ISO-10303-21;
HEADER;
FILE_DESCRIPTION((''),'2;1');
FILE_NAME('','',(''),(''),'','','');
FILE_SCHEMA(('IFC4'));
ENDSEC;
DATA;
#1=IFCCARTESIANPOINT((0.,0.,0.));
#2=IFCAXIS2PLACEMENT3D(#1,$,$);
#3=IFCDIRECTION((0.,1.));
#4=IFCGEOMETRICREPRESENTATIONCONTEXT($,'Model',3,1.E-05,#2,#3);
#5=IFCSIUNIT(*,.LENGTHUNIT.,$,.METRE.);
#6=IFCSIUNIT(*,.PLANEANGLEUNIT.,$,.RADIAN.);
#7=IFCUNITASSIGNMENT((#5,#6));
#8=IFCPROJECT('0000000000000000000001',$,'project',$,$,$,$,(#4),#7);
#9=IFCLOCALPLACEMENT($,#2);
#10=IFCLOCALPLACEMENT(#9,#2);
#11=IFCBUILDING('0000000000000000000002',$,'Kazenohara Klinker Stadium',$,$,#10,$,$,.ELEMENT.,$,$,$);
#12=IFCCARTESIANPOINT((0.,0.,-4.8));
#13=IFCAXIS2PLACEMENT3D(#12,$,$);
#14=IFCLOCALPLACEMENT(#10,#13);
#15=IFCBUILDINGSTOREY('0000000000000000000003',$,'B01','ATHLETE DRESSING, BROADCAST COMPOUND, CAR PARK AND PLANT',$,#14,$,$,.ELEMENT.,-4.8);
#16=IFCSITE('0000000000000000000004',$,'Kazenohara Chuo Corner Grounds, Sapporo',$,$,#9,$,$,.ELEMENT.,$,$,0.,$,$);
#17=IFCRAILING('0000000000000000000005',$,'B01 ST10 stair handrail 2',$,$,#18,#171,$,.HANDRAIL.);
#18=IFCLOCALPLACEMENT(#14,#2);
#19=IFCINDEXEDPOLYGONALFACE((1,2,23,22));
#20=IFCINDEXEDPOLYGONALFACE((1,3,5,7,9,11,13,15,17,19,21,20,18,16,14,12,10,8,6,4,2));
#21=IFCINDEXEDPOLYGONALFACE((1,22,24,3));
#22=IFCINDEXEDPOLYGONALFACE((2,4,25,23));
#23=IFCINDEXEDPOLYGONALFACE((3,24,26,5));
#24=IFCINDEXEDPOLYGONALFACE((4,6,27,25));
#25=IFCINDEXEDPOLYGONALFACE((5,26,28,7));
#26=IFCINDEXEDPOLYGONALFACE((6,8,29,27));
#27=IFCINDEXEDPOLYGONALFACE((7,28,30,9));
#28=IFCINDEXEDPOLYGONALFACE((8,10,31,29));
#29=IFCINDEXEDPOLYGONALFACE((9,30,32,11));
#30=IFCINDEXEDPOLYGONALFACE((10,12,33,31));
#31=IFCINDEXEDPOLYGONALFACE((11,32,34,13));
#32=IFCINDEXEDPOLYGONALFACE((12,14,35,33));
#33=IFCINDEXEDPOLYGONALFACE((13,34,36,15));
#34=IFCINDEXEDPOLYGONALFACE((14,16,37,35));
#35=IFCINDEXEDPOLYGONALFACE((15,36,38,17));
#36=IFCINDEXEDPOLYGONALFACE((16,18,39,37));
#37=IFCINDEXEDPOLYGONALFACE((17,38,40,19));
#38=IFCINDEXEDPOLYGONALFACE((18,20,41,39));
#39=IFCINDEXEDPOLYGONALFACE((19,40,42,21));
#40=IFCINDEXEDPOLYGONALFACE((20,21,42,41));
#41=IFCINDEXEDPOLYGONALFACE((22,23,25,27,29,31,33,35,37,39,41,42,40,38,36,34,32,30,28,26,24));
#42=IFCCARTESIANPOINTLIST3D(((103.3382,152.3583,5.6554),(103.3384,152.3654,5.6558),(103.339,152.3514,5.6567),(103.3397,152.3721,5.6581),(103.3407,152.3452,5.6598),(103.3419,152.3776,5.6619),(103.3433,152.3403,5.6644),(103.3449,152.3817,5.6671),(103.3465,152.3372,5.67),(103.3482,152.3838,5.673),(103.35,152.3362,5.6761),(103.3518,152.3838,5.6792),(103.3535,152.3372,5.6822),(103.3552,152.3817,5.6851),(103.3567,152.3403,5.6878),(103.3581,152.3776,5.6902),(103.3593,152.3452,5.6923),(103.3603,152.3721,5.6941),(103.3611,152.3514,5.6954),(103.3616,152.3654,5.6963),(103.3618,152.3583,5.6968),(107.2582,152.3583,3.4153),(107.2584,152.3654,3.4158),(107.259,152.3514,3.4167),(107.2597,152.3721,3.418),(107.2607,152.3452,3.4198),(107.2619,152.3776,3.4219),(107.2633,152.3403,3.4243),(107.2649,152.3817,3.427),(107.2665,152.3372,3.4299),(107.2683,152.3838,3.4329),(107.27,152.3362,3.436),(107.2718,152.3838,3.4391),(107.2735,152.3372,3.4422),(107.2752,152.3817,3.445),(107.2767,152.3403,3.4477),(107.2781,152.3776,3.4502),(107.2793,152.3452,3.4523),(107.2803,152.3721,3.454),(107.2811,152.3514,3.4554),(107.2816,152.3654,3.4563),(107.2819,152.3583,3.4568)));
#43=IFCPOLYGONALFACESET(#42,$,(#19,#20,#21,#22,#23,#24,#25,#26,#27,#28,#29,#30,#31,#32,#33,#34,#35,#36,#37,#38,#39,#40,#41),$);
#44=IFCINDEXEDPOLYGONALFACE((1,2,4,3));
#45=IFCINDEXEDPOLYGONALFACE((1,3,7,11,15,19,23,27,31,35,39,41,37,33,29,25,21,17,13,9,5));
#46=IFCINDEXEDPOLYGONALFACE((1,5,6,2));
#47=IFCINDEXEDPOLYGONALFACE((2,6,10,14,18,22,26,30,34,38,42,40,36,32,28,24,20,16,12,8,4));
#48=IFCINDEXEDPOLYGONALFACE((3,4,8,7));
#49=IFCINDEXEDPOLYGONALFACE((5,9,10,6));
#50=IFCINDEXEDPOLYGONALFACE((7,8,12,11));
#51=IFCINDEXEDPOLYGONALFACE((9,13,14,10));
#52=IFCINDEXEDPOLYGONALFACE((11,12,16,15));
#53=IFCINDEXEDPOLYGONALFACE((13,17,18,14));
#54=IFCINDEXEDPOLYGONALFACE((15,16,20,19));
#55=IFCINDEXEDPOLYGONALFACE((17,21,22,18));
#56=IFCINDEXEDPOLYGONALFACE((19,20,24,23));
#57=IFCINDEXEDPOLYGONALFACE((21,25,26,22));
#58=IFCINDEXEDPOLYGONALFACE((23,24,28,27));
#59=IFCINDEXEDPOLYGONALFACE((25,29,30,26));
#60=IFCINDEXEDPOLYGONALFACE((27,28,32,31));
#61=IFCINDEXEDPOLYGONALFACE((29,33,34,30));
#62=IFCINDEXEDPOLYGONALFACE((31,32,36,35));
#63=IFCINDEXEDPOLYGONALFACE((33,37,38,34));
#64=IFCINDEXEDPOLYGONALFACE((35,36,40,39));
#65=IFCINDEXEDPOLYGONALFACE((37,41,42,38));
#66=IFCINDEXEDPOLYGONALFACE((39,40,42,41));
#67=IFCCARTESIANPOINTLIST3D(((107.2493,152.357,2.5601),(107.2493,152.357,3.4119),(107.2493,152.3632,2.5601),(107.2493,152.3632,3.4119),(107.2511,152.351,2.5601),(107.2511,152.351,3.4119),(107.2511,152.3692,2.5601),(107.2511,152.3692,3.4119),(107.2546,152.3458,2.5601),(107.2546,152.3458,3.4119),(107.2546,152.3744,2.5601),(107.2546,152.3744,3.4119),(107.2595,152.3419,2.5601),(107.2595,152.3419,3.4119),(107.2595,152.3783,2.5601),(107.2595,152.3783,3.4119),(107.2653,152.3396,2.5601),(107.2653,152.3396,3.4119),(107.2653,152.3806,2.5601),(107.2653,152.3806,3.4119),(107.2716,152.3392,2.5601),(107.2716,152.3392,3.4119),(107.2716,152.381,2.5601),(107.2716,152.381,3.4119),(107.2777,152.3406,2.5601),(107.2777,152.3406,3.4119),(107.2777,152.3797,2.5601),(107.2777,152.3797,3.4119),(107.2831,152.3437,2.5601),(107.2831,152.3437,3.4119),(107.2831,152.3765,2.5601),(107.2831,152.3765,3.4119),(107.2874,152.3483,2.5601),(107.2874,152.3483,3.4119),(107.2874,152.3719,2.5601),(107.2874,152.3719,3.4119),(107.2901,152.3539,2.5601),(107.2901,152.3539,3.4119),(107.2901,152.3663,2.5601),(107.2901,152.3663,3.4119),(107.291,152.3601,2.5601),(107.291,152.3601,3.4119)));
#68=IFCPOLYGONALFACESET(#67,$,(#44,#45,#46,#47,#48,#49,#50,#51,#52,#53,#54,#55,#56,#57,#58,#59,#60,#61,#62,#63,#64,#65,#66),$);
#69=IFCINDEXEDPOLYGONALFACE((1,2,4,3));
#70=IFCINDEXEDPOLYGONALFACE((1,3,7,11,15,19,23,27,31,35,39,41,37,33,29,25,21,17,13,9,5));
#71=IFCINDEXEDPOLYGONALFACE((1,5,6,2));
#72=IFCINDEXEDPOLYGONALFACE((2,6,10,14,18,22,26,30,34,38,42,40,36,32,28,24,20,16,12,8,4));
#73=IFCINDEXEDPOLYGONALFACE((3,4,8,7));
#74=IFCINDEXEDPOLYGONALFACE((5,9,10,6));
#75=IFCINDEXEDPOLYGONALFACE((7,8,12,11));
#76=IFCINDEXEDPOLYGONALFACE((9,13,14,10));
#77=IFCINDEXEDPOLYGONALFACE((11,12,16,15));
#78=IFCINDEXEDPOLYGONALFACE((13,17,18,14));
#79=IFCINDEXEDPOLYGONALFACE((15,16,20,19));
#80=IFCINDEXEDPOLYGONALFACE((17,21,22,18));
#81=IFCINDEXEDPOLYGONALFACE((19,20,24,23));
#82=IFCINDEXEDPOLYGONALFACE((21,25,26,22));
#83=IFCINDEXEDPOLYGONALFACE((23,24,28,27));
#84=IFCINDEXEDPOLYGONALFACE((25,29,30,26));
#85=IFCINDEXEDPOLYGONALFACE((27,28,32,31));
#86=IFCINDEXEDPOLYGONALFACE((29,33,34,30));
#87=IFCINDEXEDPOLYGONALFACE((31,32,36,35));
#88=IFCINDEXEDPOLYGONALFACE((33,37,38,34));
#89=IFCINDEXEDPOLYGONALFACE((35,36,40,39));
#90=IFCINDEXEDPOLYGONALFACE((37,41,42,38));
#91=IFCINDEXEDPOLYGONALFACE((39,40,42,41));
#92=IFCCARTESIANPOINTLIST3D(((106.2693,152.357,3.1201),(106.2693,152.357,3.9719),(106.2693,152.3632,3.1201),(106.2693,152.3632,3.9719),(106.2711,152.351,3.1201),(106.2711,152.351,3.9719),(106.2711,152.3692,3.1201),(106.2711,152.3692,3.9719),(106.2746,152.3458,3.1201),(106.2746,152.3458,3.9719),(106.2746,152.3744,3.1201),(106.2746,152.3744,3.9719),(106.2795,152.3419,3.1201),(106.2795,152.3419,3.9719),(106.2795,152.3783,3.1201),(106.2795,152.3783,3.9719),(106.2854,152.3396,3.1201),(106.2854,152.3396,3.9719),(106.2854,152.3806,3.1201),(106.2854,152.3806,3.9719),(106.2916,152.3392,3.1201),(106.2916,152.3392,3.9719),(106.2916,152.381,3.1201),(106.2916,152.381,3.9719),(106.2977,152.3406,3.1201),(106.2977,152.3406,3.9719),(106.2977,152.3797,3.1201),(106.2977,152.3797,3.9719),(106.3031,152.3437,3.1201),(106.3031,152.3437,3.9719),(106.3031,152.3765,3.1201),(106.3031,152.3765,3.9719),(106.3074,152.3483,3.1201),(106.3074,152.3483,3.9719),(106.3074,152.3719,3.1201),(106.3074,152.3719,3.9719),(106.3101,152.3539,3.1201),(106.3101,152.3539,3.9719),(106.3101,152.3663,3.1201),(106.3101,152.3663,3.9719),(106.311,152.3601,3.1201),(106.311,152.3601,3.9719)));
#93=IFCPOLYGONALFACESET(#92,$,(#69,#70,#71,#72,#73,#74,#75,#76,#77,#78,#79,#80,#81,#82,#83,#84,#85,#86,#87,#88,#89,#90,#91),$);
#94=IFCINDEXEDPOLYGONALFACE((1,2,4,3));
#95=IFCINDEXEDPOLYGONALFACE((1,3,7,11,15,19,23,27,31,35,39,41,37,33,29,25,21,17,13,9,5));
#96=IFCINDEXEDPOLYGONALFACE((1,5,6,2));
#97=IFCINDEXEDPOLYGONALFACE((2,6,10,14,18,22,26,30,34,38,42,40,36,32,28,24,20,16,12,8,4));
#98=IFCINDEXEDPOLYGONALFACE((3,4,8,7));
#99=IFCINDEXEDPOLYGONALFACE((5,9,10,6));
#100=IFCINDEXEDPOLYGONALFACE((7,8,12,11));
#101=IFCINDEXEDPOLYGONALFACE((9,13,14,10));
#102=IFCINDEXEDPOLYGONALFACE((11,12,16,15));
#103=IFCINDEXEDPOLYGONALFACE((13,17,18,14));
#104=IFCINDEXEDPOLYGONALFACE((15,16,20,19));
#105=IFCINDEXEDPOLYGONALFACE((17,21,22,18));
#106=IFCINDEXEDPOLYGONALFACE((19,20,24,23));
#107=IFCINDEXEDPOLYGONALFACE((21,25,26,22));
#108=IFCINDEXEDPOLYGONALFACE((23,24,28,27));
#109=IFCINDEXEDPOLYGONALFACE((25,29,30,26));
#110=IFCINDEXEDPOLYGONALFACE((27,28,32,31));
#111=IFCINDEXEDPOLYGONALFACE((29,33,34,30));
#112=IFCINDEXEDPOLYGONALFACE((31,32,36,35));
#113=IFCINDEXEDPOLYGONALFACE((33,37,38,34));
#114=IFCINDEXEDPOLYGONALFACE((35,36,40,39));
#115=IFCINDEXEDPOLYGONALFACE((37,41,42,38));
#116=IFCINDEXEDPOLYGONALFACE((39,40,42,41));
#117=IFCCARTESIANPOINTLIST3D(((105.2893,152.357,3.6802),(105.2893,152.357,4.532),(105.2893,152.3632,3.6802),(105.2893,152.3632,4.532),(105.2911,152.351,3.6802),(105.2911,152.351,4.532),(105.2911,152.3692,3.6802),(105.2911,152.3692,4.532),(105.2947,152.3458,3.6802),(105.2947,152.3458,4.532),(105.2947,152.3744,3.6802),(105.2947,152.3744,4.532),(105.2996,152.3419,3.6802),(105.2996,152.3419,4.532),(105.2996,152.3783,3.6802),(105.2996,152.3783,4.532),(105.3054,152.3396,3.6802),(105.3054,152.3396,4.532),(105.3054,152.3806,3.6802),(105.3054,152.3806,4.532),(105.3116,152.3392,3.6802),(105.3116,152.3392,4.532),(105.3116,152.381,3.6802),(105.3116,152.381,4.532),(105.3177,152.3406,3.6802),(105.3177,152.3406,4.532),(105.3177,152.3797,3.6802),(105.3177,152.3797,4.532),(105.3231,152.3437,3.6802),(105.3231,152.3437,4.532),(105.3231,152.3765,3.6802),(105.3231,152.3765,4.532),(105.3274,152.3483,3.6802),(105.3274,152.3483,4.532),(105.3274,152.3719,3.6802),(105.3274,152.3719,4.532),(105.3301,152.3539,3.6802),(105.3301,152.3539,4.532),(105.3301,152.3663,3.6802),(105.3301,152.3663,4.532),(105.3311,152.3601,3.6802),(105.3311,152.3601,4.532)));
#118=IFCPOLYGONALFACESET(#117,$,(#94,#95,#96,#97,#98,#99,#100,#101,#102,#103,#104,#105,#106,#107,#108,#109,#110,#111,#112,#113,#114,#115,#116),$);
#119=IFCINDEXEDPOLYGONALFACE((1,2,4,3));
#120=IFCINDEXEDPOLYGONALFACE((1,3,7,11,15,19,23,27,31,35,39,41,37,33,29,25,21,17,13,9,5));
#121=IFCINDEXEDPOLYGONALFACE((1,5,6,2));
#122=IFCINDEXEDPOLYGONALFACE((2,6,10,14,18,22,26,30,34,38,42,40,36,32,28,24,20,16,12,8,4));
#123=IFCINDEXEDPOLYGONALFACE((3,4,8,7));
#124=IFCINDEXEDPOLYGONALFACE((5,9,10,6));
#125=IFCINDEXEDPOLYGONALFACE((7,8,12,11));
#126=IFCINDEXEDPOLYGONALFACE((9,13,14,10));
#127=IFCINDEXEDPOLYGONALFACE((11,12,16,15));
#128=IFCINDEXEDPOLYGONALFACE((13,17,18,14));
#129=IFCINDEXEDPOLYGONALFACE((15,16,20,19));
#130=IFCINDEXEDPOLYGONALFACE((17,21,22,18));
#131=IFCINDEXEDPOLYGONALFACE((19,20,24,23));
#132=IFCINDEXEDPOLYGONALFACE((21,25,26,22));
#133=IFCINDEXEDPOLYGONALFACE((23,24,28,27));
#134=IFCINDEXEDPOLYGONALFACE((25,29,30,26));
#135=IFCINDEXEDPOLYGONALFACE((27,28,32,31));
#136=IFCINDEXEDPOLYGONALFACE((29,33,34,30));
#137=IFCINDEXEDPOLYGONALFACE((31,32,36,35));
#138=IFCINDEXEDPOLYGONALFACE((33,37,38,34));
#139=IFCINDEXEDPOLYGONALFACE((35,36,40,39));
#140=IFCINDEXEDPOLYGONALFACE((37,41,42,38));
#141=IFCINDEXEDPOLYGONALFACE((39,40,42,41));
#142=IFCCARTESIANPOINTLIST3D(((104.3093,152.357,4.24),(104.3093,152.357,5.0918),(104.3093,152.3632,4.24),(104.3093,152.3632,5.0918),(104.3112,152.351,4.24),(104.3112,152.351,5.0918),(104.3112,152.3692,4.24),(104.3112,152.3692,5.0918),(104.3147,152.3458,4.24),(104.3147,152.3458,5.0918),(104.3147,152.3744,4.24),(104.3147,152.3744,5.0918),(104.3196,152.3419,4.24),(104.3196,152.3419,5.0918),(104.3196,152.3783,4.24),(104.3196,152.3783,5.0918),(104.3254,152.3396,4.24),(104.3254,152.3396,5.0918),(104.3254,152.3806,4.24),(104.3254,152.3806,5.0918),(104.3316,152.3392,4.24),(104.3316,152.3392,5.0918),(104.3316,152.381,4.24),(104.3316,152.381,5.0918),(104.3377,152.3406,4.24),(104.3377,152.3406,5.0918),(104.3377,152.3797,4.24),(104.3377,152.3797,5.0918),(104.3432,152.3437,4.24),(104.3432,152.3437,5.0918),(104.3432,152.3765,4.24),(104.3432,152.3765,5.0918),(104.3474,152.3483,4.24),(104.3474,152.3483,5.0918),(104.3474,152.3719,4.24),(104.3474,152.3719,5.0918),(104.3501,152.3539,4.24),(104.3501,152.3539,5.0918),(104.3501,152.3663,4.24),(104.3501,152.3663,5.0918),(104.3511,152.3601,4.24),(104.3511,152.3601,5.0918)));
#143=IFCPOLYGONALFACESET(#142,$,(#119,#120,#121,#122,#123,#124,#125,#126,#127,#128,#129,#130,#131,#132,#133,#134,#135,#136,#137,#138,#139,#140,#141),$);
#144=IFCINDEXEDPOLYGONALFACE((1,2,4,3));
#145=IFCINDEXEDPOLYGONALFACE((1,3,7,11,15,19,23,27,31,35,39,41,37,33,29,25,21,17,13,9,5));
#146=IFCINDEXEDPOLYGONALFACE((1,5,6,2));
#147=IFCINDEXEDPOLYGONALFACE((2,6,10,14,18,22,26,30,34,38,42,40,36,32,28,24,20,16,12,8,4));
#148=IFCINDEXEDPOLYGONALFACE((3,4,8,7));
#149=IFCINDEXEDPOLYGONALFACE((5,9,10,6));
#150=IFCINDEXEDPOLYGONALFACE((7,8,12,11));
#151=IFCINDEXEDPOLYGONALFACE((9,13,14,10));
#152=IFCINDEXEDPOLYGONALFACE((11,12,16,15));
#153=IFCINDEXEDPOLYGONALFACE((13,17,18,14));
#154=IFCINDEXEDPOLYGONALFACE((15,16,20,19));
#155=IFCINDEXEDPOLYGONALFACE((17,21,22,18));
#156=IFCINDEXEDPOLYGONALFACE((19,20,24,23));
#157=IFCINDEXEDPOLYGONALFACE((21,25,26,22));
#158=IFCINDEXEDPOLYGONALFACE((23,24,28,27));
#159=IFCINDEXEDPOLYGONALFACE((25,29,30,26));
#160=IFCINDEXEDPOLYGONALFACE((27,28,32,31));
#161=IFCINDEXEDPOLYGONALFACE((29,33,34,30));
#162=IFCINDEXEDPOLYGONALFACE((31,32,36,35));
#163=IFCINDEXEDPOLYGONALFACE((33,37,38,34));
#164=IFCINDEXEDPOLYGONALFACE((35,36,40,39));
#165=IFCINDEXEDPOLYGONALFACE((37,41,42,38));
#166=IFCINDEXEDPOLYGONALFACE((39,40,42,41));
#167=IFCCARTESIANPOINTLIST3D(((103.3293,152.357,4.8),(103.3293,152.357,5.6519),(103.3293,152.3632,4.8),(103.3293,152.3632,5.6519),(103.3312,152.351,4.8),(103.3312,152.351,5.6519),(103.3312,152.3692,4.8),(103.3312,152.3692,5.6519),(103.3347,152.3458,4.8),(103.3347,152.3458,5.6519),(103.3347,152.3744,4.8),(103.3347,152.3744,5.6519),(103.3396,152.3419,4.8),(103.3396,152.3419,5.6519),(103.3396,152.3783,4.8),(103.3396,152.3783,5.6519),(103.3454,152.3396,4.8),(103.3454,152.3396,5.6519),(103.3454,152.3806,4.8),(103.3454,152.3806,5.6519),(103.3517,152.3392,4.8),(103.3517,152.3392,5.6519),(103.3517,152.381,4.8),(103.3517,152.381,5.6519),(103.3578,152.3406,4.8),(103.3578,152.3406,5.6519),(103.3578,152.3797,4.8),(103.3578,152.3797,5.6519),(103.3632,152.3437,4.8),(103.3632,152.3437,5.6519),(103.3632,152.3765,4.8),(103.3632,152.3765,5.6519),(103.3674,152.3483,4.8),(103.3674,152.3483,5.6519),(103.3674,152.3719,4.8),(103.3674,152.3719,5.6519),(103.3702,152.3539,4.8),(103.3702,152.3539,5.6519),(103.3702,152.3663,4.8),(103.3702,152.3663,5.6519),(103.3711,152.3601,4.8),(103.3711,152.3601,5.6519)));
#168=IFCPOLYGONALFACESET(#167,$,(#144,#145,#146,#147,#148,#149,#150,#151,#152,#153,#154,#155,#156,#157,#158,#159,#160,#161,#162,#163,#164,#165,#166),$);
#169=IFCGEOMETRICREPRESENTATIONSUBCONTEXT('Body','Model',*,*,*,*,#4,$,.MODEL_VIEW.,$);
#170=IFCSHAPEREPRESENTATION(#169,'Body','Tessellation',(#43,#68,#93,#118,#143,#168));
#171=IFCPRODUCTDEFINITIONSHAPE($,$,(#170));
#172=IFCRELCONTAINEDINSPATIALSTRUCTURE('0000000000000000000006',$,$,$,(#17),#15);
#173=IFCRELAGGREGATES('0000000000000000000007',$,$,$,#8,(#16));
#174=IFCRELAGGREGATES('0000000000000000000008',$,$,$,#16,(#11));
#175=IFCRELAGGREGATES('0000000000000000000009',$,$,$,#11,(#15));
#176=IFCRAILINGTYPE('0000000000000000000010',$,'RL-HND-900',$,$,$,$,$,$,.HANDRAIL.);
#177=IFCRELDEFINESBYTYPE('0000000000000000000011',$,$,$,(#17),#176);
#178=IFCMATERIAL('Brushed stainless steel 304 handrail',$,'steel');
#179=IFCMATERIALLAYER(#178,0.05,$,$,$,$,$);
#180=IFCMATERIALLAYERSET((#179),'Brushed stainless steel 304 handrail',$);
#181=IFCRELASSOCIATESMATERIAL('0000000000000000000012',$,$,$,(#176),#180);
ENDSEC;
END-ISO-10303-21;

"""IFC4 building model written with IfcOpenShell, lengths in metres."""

from ifc_helpers import new_model, si_unit, direction, frame, origin, origin_2d, place, context, subcontext, project, spatial, circle, extrude, material, layer, layer_set, type_object, element, save


model = new_model("IFC4")

# Units and contexts
model_context = context("Model", 3, precision=1e-05, world=origin(), true_north=direction((0.0, 1.0)))
body_context = subcontext(model_context, "Body", "Model", "MODEL_VIEW")
ifc_project = project(units=[si_unit("LENGTHUNIT", "METRE"), si_unit("PLANEANGLEUNIT", "RADIAN")], contexts=[model_context])

# Site, building, storey
site_placement = place(None, origin())
site = spatial("IfcSite", under=ifc_project, at=site_placement, Name="Kazenohara Chuo Corner Grounds, Sapporo", CompositionType="ELEMENT", RefElevation=0.0)
building_placement = place(site_placement, origin())
building = spatial("IfcBuilding", under=site, at=building_placement, Name="Kazenohara Klinker Stadium", CompositionType="ELEMENT")
storey_placement = place(building_placement, frame((0.0, 0.0, -4.8)))
storey = spatial("IfcBuildingStorey", under=building, at=storey_placement, Name="B01", Description="ATHLETE DRESSING, BROADCAST COMPOUND, CAR PARK AND PLANT", CompositionType="ELEMENT", Elevation=-4.8)

# Railing
ifc_material_1 = material(Name="Brushed stainless steel 304 handrail", Category="steel")
ifc_layer_1 = layer(ifc_material_1, 0.05)
ifc_layer_set_1 = layer_set([ifc_layer_1], Name="Brushed stainless steel 304 handrail")
railing_type_1 = type_object("IfcRailingType", Name="RL-HND-900", PredefinedType="HANDRAIL", material=ifc_layer_set_1)
railing_1_placement = place(storey_placement, frame((107.27, 152.3601, 2.5601)))
element("IfcRailing", 1, at=railing_1_placement, inside=storey, type_object=railing_type_1, Name="B01 ST10 stair handrail 2", PredefinedType="HANDRAIL", context=body_context, shape_type="SweptSolid", body=[
    extrude(circle(Radius=0.0239, at=origin_2d()), frame((0.0, 0.0, 0.876), z_axis=(-0.86824, 0.0, 0.496145), x_axis=(0.0, -1.0, 0.0)), (0.0, 0.0, 1.0), 4.5149),
    extrude(circle(Radius=0.021, at=origin_2d()), origin(), (0.0, 0.0, 1.0), 0.8518),
    extrude(circle(Radius=0.021, at=origin_2d()), frame((-0.98, 0.0, 0.5601)), (0.0, 0.0, 1.0), 0.8518),
    extrude(circle(Radius=0.021, at=origin_2d()), frame((-1.96, 0.0, 1.1201)), (0.0, 0.0, 1.0), 0.8518),
    extrude(circle(Radius=0.021, at=origin_2d()), frame((-2.9399, 0.0, 1.6799)), (0.0, 0.0, 1.0), 0.8518),
    extrude(circle(Radius=0.021, at=origin_2d()), frame((-3.9199, 0.0, 2.24)), (0.0, 0.0, 1.0), 0.8518),
])

save(model, "model.ifc")
